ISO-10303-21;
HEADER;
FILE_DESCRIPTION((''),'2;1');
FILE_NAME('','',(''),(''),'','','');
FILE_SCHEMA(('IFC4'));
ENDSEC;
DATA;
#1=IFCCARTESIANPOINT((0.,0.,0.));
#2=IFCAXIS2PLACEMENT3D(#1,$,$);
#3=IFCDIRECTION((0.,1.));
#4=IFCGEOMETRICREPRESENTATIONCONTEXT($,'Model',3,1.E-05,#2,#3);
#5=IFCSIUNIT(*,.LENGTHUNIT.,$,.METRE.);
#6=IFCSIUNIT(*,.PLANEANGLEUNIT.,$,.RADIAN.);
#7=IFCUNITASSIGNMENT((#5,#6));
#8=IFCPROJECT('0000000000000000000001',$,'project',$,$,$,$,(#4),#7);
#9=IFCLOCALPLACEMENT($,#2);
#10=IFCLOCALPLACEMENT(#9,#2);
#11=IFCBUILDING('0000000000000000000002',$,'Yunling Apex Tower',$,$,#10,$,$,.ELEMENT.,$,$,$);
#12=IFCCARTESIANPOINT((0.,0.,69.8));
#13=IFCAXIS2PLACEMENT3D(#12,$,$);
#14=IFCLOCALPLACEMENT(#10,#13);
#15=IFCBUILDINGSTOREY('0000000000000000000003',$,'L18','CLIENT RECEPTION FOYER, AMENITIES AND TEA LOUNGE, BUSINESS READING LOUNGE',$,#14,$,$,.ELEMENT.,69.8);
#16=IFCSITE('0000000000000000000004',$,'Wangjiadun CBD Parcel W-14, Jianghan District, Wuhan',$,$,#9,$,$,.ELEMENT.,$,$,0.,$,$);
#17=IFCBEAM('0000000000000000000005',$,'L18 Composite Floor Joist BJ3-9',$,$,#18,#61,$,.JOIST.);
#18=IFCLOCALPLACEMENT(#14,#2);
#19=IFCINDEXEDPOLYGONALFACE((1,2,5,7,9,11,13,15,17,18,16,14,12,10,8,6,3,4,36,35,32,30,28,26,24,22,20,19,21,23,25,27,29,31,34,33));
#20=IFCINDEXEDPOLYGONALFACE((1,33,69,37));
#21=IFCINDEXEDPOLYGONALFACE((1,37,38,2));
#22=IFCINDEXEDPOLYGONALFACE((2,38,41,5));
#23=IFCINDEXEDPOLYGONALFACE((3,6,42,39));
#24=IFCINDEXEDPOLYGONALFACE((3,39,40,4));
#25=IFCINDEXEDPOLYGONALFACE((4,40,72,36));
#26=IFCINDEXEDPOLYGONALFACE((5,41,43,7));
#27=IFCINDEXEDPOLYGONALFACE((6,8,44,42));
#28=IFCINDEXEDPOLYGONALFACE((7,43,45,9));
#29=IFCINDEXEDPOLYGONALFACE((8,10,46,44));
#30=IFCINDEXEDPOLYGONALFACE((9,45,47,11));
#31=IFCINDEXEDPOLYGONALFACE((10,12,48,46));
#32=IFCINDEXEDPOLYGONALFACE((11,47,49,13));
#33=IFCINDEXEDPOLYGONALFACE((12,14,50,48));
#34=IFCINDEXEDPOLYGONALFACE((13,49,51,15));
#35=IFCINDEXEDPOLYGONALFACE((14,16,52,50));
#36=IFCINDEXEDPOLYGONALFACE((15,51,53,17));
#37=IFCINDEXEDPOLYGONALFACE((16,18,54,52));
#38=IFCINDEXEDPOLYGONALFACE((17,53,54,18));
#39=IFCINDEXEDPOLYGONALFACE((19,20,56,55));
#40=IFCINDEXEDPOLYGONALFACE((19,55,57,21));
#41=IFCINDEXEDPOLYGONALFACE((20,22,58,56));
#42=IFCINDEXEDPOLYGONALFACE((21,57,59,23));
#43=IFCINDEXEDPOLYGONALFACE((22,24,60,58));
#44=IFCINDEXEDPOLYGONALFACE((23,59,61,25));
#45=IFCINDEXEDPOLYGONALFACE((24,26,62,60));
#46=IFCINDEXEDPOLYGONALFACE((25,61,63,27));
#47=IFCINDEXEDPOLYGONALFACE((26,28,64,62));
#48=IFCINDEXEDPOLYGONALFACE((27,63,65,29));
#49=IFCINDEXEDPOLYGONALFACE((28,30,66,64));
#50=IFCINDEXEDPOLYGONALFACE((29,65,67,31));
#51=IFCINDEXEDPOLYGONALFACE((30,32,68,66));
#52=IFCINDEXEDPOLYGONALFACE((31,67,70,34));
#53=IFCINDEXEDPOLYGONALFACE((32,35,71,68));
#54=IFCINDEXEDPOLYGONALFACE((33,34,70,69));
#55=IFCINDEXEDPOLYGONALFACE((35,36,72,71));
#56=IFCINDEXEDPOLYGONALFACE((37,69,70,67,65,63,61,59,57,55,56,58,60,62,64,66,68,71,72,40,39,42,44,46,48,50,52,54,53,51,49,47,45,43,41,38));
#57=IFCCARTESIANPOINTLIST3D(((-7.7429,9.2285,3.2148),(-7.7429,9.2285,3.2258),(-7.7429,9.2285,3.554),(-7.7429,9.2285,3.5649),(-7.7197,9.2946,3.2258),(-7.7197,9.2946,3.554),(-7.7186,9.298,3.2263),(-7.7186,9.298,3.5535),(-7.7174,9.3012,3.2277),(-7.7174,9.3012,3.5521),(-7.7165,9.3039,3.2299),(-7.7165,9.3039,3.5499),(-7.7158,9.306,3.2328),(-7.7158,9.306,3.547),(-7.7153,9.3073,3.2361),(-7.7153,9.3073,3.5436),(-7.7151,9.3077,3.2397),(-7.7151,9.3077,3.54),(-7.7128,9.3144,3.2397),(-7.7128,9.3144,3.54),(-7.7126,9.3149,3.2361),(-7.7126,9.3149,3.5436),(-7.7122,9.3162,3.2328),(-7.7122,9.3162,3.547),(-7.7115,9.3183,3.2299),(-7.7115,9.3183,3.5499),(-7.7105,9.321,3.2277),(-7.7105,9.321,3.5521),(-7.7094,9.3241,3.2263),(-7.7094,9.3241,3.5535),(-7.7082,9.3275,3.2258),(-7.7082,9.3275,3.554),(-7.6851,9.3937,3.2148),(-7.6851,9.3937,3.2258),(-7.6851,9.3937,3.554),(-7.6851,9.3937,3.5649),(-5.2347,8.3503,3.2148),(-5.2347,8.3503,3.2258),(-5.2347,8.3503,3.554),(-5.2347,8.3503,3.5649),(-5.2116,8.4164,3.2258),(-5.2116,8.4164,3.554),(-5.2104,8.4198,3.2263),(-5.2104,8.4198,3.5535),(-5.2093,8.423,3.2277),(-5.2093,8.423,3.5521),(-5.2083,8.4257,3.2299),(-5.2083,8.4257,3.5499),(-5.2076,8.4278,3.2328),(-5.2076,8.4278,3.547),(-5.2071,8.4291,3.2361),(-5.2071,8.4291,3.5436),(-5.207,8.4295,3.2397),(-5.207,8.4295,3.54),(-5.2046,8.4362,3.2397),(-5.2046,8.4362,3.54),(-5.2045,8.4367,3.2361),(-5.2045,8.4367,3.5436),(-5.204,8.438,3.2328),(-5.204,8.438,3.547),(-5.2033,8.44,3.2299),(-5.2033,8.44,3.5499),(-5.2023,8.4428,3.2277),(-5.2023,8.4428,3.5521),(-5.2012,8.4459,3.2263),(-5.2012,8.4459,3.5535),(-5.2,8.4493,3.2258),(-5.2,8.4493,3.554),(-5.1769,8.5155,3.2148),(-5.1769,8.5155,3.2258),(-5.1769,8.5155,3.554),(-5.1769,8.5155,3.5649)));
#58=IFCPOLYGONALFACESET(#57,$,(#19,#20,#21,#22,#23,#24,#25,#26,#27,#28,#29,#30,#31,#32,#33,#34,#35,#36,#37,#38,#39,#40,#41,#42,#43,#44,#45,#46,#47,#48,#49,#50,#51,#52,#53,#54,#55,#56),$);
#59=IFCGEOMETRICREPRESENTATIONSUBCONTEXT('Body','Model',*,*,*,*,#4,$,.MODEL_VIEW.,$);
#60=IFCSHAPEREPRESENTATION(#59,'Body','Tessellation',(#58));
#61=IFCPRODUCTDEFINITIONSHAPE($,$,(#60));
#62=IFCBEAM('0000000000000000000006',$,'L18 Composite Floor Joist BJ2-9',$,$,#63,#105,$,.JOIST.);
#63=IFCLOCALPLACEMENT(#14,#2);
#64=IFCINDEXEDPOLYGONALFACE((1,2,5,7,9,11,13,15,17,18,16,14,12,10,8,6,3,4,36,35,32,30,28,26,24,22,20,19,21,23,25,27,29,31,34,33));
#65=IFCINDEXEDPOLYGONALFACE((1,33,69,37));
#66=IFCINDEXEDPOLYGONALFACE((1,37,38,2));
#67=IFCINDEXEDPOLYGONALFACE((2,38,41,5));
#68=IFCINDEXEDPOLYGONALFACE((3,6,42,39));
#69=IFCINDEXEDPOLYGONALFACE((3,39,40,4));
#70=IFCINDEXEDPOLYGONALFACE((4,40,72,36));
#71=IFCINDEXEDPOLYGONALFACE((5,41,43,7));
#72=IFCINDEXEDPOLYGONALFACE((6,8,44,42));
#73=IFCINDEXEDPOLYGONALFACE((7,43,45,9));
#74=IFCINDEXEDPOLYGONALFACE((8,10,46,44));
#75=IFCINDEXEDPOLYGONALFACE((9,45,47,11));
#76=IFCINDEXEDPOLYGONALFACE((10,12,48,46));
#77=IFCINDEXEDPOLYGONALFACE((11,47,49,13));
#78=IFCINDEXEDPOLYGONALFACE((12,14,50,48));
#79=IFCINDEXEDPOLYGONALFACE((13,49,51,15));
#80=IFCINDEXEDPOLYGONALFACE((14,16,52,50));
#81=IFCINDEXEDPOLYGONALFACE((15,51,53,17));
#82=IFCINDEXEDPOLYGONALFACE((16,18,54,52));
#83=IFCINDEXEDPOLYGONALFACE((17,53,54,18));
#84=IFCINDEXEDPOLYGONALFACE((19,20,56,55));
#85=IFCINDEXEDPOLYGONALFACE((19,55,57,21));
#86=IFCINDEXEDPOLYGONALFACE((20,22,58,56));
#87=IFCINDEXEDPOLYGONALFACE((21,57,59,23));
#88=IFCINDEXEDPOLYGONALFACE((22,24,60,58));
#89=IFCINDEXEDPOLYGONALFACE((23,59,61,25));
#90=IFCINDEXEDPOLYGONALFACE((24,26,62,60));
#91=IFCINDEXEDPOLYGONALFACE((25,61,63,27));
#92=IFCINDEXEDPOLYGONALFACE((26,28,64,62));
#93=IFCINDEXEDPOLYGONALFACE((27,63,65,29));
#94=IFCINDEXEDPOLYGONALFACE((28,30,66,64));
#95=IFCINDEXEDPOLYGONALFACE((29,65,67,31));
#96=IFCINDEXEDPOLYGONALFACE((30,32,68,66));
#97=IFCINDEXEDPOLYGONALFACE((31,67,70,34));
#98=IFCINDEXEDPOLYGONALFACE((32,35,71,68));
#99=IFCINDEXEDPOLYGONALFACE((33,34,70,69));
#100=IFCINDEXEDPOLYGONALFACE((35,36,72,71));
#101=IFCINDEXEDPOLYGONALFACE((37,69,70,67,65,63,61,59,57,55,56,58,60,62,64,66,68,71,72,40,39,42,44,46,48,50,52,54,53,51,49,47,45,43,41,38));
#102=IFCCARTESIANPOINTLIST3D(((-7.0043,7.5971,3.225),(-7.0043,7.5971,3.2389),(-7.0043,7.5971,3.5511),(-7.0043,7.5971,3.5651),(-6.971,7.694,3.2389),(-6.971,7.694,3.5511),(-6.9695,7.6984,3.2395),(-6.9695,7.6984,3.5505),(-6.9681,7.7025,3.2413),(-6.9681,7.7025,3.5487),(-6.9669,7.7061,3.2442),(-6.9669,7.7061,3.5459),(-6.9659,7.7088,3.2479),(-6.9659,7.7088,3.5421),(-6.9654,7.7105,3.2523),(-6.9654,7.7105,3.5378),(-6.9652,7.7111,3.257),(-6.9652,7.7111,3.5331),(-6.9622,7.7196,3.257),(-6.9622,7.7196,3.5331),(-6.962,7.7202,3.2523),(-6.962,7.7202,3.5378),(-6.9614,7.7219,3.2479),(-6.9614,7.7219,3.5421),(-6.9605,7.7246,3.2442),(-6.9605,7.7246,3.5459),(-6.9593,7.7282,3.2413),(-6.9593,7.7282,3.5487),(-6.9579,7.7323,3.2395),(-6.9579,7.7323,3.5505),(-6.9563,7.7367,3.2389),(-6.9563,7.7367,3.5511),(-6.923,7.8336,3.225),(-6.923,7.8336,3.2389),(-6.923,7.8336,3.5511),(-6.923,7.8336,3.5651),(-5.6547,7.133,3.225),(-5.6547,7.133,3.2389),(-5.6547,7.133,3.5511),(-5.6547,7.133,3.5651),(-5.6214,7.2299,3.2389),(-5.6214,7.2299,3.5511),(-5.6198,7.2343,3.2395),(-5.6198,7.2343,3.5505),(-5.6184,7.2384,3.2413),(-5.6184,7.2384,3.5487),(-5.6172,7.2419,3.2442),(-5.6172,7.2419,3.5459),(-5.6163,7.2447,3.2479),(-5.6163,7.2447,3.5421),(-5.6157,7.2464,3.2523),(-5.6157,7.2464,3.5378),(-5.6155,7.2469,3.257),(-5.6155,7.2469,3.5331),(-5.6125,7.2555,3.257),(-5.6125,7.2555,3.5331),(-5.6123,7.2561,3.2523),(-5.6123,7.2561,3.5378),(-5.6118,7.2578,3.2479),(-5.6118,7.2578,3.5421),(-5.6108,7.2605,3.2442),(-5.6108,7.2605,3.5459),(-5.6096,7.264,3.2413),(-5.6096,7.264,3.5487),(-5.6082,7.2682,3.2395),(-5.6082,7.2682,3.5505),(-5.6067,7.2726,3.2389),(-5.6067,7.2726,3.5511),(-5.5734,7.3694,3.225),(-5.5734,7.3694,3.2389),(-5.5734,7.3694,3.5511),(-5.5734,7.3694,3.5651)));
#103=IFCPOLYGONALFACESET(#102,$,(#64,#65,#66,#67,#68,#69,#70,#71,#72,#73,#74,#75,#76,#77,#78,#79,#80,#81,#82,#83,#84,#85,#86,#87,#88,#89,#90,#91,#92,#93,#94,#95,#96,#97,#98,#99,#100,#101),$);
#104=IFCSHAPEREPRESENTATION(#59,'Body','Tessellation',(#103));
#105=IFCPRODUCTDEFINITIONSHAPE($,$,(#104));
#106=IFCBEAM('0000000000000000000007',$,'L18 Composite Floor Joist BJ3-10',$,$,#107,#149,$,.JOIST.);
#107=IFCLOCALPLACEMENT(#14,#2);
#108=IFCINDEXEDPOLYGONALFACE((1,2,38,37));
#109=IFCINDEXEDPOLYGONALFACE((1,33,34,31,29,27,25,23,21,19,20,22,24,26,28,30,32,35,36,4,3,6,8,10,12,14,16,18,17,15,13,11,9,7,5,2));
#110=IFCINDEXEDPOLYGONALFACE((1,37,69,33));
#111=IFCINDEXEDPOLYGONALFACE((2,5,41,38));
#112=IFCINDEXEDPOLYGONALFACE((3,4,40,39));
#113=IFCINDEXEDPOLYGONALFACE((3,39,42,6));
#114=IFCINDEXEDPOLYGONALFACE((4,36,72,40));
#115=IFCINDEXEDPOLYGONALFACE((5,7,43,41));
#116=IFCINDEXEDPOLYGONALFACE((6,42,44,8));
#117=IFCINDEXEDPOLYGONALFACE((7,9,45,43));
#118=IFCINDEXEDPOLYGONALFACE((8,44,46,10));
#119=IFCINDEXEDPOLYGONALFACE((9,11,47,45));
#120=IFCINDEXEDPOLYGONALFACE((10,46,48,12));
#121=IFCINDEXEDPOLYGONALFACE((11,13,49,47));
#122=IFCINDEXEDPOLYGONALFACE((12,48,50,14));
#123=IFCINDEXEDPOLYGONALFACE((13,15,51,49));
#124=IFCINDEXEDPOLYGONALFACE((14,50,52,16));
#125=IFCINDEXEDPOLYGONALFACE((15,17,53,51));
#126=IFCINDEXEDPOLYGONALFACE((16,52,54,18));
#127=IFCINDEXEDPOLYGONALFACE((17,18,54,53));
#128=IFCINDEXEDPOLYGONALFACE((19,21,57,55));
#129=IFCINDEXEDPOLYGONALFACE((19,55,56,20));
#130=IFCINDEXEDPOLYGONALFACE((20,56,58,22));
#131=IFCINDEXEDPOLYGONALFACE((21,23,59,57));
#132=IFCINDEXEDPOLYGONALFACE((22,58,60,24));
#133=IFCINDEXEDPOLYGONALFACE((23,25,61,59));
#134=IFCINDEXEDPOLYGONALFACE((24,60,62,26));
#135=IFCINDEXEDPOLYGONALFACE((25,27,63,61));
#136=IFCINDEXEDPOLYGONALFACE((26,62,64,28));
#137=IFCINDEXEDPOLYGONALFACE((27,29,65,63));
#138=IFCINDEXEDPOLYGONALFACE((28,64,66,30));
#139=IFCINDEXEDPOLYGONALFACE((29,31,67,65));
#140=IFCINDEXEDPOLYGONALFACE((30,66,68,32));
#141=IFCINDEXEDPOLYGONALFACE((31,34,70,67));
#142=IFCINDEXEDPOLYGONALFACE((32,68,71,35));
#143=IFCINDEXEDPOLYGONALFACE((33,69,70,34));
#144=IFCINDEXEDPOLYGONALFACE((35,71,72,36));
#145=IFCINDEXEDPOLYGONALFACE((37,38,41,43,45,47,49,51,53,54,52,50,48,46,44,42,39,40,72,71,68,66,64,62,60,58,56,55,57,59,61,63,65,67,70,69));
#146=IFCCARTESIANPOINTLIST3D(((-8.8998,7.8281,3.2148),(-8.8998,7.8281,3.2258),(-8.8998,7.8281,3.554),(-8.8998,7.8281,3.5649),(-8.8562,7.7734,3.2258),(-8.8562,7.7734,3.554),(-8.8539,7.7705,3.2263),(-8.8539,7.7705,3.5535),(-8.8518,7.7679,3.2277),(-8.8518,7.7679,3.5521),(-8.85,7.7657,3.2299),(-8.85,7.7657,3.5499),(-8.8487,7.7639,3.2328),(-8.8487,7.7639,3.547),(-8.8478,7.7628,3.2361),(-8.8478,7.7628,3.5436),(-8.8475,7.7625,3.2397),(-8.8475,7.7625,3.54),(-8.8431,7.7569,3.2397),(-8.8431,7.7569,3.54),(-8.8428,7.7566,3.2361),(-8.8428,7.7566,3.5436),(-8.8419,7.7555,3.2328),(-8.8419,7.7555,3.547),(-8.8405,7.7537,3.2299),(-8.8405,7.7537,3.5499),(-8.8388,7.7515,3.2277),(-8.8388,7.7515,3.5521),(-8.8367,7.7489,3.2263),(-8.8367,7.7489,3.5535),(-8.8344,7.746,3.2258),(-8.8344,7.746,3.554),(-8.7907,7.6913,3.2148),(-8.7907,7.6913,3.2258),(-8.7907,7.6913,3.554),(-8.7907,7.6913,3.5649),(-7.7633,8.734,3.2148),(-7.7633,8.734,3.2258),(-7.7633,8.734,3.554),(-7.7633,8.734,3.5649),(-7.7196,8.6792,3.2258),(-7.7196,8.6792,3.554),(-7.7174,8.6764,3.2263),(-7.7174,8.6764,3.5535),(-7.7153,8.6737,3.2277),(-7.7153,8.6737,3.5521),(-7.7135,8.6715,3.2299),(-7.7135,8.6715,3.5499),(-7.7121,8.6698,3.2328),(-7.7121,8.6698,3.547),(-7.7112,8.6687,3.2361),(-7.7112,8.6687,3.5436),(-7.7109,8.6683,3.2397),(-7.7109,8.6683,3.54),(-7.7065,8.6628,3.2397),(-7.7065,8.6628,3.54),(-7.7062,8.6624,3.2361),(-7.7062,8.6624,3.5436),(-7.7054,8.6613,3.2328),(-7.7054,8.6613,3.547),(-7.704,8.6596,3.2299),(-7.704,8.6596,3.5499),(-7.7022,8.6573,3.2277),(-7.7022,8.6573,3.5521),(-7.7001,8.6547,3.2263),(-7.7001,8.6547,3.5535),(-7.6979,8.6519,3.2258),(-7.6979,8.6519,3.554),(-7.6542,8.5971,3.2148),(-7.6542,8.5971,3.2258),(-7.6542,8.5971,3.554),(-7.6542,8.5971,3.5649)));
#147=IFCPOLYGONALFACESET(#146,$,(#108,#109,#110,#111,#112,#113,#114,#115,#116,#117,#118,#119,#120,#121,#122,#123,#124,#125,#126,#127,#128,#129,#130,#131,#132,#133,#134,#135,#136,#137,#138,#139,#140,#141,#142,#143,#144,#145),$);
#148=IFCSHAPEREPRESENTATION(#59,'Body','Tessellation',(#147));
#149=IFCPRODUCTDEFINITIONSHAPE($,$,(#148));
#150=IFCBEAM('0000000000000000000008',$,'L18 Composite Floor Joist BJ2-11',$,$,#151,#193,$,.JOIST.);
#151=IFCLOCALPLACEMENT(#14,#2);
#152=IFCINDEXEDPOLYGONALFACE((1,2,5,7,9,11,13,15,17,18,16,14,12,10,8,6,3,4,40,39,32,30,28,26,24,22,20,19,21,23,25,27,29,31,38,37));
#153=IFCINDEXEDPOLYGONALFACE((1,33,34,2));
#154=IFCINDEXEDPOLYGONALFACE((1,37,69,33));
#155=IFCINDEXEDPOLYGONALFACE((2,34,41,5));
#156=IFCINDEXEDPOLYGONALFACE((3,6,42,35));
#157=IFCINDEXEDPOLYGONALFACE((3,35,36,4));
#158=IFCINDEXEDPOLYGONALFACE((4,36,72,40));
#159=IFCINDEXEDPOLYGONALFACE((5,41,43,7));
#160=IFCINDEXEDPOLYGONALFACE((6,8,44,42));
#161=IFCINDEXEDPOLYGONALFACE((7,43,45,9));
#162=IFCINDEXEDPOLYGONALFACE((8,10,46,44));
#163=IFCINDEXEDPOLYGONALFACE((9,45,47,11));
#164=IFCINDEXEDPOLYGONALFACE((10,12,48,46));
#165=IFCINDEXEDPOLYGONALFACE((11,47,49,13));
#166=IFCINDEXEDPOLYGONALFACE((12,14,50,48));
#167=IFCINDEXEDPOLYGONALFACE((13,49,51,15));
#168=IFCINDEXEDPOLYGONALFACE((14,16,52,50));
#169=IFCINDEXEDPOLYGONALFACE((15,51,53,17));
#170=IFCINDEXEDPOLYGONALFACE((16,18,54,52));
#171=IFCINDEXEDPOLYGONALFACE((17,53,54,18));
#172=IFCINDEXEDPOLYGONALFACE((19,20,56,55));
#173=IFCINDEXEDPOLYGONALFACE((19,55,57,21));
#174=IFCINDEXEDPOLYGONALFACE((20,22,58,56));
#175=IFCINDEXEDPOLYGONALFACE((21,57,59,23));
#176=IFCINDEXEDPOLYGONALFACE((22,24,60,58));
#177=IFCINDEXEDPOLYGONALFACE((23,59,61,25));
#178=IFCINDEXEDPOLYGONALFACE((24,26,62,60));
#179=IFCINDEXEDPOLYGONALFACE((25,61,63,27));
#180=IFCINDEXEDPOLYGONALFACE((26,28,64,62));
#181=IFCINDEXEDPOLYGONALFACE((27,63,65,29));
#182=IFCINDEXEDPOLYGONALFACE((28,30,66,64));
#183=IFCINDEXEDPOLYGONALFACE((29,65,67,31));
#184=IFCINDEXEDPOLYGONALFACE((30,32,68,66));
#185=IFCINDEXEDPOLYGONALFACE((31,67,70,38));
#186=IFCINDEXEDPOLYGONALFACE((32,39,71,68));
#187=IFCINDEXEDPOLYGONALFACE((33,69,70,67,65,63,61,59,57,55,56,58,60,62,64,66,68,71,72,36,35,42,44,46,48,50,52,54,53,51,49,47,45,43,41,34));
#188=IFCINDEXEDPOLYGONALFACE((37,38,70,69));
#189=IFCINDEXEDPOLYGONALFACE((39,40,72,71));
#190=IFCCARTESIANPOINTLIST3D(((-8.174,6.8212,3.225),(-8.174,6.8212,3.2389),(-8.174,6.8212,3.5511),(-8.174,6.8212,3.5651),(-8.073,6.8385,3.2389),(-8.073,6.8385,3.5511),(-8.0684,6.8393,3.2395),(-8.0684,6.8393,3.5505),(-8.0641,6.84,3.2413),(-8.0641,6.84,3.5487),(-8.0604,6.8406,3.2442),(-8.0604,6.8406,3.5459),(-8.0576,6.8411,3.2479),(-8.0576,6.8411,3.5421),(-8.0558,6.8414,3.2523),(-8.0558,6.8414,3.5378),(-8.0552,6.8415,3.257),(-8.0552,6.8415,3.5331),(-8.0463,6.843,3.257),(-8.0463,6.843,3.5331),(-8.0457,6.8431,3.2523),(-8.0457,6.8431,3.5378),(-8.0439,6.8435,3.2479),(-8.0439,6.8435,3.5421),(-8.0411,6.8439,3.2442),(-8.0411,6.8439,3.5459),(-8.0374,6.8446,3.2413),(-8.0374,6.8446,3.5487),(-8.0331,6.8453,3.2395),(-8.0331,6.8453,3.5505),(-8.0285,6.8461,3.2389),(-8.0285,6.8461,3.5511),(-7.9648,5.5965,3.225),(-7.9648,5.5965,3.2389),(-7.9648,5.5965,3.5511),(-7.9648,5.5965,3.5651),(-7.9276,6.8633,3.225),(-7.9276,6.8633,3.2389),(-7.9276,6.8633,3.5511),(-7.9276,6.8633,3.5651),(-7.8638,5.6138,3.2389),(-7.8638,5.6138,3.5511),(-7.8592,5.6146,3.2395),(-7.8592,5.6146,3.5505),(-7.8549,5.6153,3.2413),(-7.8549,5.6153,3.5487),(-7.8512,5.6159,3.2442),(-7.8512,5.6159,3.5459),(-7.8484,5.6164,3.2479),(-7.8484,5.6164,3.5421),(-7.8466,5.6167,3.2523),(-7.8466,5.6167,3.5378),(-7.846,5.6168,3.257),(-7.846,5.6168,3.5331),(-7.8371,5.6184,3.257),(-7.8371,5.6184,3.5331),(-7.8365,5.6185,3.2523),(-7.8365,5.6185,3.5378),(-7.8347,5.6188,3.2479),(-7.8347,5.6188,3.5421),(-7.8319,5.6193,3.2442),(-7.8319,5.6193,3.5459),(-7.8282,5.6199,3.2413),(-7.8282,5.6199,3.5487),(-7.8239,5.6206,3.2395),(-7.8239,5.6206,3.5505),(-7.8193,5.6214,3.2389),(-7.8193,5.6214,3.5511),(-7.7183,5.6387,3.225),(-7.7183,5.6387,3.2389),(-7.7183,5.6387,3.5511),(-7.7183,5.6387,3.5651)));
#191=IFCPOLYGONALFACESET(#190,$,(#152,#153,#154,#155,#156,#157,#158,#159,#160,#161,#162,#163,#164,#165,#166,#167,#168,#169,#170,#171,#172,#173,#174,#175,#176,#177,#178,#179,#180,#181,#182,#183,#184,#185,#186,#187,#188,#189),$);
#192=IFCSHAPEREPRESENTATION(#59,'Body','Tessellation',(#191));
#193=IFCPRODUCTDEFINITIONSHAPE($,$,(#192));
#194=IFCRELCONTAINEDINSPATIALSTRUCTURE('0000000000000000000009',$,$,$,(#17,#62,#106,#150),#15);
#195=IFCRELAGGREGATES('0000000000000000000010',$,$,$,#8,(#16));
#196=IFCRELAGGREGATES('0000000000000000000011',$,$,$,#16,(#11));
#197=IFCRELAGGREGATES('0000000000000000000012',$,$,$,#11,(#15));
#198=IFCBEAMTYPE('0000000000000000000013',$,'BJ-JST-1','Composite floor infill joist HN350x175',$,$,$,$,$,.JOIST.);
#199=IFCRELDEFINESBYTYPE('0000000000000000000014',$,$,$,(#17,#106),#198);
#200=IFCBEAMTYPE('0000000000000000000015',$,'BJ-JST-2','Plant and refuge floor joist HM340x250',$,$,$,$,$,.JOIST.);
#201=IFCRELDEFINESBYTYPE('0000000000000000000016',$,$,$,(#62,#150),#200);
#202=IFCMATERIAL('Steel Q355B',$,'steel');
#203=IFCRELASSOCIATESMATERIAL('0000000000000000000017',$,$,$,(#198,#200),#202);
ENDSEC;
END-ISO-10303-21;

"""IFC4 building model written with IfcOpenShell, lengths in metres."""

from ifc_helpers import new_model, si_unit, direction, frame, origin, origin_2d, place, context, subcontext, project, spatial, i_section, extrude, source, transform, mapped, material, material_profile, profile_set, type_object, element, save


model = new_model("IFC4")

# Units and contexts
model_context = context("Model", 3, precision=1e-05, world=origin(), true_north=direction((0.0, 1.0)))
body_context = subcontext(model_context, "Body", "Model", "MODEL_VIEW")
ifc_project = project(units=[si_unit("LENGTHUNIT", "METRE"), si_unit("PLANEANGLEUNIT", "RADIAN")], contexts=[model_context])

# Site, building, storey
site_placement = place(None, origin())
site = spatial("IfcSite", under=ifc_project, at=site_placement, Name="Wangjiadun CBD Parcel W-14, Jianghan District, Wuhan", CompositionType="ELEMENT", RefElevation=0.0)
building_placement = place(site_placement, origin())
building = spatial("IfcBuilding", under=site, at=building_placement, Name="Yunling Apex Tower", CompositionType="ELEMENT")
storey_placement = place(building_placement, frame((0.0, 0.0, 69.8)))
storey = spatial("IfcBuildingStorey", under=building, at=storey_placement, Name="L18", Description="CLIENT RECEPTION FOYER, AMENITIES AND TEA LOUNGE, BUSINESS READING LOUNGE", CompositionType="ELEMENT", Elevation=69.8)

# Beams
ifc_material_1 = material(Name="Steel Q355B", Category="steel")
ifc_material_profile_1 = material_profile(ifc_material_1, i_section(OverallWidth=0.175, OverallDepth=0.3501, WebThickness=0.0071, FlangeThickness=0.011, FilletRadius=0.0139, at=origin_2d()))
ifc_profile_set_1 = profile_set([ifc_material_profile_1], Name="Steel Q355B")
beam_type_1 = type_object("IfcBeamType", Name="BJ-JST-1", Description="Composite floor infill joist HN350x175", PredefinedType="JOIST", material=ifc_profile_set_1)
shared_shape_1 = source(origin(), body_context, "Body", "SweptSolid", [
    extrude(i_section(OverallWidth=0.175, OverallDepth=0.3501, WebThickness=0.0071, FlangeThickness=0.011, FilletRadius=0.0139, at=origin_2d()), origin(), (0.0, 0.0, 1.0), 2.6575),
])
beam_1_placement = place(storey_placement, frame((-5.2058, 8.4329, 3.3899), z_axis=(-0.943817, 0.330469, 0.0), x_axis=(-0.330469, -0.943817, 0.0)))
element("IfcBeam", 1, at=beam_1_placement, inside=storey, type_object=beam_type_1, Name="L18 Composite Floor Joist BJ3-9", PredefinedType="JOIST", context=body_context, shape_type="MappedRepresentation", body=[
    mapped(shared_shape_1, transform((0.0, 0.0, 0.0), scale=1.0)),
])
ifc_material_profile_2 = material_profile(ifc_material_1, i_section(OverallWidth=0.25, OverallDepth=0.3401, WebThickness=0.009, FlangeThickness=0.0139, FilletRadius=0.0181, at=origin_2d()))
ifc_profile_set_2 = profile_set([ifc_material_profile_2], Name="Steel Q355B")
beam_type_2 = type_object("IfcBeamType", Name="BJ-JST-2", Description="Plant and refuge floor joist HM340x250", PredefinedType="JOIST", material=ifc_profile_set_2)
shared_shape_2 = source(origin(), body_context, "Body", "SweptSolid", [
    extrude(i_section(OverallWidth=0.25, OverallDepth=0.3401, WebThickness=0.009, FlangeThickness=0.0139, FilletRadius=0.0181, at=origin_2d()), origin(), (0.0, 0.0, 1.0), 1.4272),
])
beam_2_placement = place(storey_placement, frame((-5.614, 7.2512, 3.395), z_axis=(-0.945647, 0.325195, 0.0), x_axis=(-0.325195, -0.945647, 0.0)))
element("IfcBeam", 2, at=beam_2_placement, inside=storey, type_object=beam_type_2, Name="L18 Composite Floor Joist BJ2-9", PredefinedType="JOIST", context=body_context, shape_type="MappedRepresentation", body=[
    mapped(shared_shape_2, transform((0.0, 0.0, 0.0), scale=1.0)),
])
shared_shape_3 = source(origin(), body_context, "Body", "SweptSolid", [
    extrude(i_section(OverallWidth=0.175, OverallDepth=0.3501, WebThickness=0.0071, FlangeThickness=0.011, FilletRadius=0.0139, at=origin_2d()), origin(), (0.0, 0.0, 1.0), 1.4534),
])
beam_3_placement = place(storey_placement, frame((-7.7087, 8.6655, 3.3899), z_axis=(-0.782015, -0.62326, 0.0), x_axis=(0.62326, -0.782015, 0.0)))
element("IfcBeam", 3, at=beam_3_placement, inside=storey, type_object=beam_type_1, Name="L18 Composite Floor Joist BJ3-10", PredefinedType="JOIST", context=body_context, shape_type="MappedRepresentation", body=[
    mapped(shared_shape_3, transform((0.0, 0.0, 0.0), scale=1.0)),
])
shared_shape_4 = source(origin(), body_context, "Body", "SweptSolid", [
    extrude(i_section(OverallWidth=0.25, OverallDepth=0.3401, WebThickness=0.009, FlangeThickness=0.0139, FilletRadius=0.0181, at=origin_2d()), origin(), (0.0, 0.0, 1.0), 1.2424),
])
beam_4_placement = place(storey_placement, frame((-8.0508, 6.8423, 3.395), z_axis=(0.168413, -0.985717, 0.0), x_axis=(0.985717, 0.168413, 0.0)))
element("IfcBeam", 4, at=beam_4_placement, inside=storey, type_object=beam_type_2, Name="L18 Composite Floor Joist BJ2-11", PredefinedType="JOIST", context=body_context, shape_type="MappedRepresentation", body=[
    mapped(shared_shape_4, transform((0.0, 0.0, 0.0), scale=1.0)),
])

save(model, "model.ifc")
